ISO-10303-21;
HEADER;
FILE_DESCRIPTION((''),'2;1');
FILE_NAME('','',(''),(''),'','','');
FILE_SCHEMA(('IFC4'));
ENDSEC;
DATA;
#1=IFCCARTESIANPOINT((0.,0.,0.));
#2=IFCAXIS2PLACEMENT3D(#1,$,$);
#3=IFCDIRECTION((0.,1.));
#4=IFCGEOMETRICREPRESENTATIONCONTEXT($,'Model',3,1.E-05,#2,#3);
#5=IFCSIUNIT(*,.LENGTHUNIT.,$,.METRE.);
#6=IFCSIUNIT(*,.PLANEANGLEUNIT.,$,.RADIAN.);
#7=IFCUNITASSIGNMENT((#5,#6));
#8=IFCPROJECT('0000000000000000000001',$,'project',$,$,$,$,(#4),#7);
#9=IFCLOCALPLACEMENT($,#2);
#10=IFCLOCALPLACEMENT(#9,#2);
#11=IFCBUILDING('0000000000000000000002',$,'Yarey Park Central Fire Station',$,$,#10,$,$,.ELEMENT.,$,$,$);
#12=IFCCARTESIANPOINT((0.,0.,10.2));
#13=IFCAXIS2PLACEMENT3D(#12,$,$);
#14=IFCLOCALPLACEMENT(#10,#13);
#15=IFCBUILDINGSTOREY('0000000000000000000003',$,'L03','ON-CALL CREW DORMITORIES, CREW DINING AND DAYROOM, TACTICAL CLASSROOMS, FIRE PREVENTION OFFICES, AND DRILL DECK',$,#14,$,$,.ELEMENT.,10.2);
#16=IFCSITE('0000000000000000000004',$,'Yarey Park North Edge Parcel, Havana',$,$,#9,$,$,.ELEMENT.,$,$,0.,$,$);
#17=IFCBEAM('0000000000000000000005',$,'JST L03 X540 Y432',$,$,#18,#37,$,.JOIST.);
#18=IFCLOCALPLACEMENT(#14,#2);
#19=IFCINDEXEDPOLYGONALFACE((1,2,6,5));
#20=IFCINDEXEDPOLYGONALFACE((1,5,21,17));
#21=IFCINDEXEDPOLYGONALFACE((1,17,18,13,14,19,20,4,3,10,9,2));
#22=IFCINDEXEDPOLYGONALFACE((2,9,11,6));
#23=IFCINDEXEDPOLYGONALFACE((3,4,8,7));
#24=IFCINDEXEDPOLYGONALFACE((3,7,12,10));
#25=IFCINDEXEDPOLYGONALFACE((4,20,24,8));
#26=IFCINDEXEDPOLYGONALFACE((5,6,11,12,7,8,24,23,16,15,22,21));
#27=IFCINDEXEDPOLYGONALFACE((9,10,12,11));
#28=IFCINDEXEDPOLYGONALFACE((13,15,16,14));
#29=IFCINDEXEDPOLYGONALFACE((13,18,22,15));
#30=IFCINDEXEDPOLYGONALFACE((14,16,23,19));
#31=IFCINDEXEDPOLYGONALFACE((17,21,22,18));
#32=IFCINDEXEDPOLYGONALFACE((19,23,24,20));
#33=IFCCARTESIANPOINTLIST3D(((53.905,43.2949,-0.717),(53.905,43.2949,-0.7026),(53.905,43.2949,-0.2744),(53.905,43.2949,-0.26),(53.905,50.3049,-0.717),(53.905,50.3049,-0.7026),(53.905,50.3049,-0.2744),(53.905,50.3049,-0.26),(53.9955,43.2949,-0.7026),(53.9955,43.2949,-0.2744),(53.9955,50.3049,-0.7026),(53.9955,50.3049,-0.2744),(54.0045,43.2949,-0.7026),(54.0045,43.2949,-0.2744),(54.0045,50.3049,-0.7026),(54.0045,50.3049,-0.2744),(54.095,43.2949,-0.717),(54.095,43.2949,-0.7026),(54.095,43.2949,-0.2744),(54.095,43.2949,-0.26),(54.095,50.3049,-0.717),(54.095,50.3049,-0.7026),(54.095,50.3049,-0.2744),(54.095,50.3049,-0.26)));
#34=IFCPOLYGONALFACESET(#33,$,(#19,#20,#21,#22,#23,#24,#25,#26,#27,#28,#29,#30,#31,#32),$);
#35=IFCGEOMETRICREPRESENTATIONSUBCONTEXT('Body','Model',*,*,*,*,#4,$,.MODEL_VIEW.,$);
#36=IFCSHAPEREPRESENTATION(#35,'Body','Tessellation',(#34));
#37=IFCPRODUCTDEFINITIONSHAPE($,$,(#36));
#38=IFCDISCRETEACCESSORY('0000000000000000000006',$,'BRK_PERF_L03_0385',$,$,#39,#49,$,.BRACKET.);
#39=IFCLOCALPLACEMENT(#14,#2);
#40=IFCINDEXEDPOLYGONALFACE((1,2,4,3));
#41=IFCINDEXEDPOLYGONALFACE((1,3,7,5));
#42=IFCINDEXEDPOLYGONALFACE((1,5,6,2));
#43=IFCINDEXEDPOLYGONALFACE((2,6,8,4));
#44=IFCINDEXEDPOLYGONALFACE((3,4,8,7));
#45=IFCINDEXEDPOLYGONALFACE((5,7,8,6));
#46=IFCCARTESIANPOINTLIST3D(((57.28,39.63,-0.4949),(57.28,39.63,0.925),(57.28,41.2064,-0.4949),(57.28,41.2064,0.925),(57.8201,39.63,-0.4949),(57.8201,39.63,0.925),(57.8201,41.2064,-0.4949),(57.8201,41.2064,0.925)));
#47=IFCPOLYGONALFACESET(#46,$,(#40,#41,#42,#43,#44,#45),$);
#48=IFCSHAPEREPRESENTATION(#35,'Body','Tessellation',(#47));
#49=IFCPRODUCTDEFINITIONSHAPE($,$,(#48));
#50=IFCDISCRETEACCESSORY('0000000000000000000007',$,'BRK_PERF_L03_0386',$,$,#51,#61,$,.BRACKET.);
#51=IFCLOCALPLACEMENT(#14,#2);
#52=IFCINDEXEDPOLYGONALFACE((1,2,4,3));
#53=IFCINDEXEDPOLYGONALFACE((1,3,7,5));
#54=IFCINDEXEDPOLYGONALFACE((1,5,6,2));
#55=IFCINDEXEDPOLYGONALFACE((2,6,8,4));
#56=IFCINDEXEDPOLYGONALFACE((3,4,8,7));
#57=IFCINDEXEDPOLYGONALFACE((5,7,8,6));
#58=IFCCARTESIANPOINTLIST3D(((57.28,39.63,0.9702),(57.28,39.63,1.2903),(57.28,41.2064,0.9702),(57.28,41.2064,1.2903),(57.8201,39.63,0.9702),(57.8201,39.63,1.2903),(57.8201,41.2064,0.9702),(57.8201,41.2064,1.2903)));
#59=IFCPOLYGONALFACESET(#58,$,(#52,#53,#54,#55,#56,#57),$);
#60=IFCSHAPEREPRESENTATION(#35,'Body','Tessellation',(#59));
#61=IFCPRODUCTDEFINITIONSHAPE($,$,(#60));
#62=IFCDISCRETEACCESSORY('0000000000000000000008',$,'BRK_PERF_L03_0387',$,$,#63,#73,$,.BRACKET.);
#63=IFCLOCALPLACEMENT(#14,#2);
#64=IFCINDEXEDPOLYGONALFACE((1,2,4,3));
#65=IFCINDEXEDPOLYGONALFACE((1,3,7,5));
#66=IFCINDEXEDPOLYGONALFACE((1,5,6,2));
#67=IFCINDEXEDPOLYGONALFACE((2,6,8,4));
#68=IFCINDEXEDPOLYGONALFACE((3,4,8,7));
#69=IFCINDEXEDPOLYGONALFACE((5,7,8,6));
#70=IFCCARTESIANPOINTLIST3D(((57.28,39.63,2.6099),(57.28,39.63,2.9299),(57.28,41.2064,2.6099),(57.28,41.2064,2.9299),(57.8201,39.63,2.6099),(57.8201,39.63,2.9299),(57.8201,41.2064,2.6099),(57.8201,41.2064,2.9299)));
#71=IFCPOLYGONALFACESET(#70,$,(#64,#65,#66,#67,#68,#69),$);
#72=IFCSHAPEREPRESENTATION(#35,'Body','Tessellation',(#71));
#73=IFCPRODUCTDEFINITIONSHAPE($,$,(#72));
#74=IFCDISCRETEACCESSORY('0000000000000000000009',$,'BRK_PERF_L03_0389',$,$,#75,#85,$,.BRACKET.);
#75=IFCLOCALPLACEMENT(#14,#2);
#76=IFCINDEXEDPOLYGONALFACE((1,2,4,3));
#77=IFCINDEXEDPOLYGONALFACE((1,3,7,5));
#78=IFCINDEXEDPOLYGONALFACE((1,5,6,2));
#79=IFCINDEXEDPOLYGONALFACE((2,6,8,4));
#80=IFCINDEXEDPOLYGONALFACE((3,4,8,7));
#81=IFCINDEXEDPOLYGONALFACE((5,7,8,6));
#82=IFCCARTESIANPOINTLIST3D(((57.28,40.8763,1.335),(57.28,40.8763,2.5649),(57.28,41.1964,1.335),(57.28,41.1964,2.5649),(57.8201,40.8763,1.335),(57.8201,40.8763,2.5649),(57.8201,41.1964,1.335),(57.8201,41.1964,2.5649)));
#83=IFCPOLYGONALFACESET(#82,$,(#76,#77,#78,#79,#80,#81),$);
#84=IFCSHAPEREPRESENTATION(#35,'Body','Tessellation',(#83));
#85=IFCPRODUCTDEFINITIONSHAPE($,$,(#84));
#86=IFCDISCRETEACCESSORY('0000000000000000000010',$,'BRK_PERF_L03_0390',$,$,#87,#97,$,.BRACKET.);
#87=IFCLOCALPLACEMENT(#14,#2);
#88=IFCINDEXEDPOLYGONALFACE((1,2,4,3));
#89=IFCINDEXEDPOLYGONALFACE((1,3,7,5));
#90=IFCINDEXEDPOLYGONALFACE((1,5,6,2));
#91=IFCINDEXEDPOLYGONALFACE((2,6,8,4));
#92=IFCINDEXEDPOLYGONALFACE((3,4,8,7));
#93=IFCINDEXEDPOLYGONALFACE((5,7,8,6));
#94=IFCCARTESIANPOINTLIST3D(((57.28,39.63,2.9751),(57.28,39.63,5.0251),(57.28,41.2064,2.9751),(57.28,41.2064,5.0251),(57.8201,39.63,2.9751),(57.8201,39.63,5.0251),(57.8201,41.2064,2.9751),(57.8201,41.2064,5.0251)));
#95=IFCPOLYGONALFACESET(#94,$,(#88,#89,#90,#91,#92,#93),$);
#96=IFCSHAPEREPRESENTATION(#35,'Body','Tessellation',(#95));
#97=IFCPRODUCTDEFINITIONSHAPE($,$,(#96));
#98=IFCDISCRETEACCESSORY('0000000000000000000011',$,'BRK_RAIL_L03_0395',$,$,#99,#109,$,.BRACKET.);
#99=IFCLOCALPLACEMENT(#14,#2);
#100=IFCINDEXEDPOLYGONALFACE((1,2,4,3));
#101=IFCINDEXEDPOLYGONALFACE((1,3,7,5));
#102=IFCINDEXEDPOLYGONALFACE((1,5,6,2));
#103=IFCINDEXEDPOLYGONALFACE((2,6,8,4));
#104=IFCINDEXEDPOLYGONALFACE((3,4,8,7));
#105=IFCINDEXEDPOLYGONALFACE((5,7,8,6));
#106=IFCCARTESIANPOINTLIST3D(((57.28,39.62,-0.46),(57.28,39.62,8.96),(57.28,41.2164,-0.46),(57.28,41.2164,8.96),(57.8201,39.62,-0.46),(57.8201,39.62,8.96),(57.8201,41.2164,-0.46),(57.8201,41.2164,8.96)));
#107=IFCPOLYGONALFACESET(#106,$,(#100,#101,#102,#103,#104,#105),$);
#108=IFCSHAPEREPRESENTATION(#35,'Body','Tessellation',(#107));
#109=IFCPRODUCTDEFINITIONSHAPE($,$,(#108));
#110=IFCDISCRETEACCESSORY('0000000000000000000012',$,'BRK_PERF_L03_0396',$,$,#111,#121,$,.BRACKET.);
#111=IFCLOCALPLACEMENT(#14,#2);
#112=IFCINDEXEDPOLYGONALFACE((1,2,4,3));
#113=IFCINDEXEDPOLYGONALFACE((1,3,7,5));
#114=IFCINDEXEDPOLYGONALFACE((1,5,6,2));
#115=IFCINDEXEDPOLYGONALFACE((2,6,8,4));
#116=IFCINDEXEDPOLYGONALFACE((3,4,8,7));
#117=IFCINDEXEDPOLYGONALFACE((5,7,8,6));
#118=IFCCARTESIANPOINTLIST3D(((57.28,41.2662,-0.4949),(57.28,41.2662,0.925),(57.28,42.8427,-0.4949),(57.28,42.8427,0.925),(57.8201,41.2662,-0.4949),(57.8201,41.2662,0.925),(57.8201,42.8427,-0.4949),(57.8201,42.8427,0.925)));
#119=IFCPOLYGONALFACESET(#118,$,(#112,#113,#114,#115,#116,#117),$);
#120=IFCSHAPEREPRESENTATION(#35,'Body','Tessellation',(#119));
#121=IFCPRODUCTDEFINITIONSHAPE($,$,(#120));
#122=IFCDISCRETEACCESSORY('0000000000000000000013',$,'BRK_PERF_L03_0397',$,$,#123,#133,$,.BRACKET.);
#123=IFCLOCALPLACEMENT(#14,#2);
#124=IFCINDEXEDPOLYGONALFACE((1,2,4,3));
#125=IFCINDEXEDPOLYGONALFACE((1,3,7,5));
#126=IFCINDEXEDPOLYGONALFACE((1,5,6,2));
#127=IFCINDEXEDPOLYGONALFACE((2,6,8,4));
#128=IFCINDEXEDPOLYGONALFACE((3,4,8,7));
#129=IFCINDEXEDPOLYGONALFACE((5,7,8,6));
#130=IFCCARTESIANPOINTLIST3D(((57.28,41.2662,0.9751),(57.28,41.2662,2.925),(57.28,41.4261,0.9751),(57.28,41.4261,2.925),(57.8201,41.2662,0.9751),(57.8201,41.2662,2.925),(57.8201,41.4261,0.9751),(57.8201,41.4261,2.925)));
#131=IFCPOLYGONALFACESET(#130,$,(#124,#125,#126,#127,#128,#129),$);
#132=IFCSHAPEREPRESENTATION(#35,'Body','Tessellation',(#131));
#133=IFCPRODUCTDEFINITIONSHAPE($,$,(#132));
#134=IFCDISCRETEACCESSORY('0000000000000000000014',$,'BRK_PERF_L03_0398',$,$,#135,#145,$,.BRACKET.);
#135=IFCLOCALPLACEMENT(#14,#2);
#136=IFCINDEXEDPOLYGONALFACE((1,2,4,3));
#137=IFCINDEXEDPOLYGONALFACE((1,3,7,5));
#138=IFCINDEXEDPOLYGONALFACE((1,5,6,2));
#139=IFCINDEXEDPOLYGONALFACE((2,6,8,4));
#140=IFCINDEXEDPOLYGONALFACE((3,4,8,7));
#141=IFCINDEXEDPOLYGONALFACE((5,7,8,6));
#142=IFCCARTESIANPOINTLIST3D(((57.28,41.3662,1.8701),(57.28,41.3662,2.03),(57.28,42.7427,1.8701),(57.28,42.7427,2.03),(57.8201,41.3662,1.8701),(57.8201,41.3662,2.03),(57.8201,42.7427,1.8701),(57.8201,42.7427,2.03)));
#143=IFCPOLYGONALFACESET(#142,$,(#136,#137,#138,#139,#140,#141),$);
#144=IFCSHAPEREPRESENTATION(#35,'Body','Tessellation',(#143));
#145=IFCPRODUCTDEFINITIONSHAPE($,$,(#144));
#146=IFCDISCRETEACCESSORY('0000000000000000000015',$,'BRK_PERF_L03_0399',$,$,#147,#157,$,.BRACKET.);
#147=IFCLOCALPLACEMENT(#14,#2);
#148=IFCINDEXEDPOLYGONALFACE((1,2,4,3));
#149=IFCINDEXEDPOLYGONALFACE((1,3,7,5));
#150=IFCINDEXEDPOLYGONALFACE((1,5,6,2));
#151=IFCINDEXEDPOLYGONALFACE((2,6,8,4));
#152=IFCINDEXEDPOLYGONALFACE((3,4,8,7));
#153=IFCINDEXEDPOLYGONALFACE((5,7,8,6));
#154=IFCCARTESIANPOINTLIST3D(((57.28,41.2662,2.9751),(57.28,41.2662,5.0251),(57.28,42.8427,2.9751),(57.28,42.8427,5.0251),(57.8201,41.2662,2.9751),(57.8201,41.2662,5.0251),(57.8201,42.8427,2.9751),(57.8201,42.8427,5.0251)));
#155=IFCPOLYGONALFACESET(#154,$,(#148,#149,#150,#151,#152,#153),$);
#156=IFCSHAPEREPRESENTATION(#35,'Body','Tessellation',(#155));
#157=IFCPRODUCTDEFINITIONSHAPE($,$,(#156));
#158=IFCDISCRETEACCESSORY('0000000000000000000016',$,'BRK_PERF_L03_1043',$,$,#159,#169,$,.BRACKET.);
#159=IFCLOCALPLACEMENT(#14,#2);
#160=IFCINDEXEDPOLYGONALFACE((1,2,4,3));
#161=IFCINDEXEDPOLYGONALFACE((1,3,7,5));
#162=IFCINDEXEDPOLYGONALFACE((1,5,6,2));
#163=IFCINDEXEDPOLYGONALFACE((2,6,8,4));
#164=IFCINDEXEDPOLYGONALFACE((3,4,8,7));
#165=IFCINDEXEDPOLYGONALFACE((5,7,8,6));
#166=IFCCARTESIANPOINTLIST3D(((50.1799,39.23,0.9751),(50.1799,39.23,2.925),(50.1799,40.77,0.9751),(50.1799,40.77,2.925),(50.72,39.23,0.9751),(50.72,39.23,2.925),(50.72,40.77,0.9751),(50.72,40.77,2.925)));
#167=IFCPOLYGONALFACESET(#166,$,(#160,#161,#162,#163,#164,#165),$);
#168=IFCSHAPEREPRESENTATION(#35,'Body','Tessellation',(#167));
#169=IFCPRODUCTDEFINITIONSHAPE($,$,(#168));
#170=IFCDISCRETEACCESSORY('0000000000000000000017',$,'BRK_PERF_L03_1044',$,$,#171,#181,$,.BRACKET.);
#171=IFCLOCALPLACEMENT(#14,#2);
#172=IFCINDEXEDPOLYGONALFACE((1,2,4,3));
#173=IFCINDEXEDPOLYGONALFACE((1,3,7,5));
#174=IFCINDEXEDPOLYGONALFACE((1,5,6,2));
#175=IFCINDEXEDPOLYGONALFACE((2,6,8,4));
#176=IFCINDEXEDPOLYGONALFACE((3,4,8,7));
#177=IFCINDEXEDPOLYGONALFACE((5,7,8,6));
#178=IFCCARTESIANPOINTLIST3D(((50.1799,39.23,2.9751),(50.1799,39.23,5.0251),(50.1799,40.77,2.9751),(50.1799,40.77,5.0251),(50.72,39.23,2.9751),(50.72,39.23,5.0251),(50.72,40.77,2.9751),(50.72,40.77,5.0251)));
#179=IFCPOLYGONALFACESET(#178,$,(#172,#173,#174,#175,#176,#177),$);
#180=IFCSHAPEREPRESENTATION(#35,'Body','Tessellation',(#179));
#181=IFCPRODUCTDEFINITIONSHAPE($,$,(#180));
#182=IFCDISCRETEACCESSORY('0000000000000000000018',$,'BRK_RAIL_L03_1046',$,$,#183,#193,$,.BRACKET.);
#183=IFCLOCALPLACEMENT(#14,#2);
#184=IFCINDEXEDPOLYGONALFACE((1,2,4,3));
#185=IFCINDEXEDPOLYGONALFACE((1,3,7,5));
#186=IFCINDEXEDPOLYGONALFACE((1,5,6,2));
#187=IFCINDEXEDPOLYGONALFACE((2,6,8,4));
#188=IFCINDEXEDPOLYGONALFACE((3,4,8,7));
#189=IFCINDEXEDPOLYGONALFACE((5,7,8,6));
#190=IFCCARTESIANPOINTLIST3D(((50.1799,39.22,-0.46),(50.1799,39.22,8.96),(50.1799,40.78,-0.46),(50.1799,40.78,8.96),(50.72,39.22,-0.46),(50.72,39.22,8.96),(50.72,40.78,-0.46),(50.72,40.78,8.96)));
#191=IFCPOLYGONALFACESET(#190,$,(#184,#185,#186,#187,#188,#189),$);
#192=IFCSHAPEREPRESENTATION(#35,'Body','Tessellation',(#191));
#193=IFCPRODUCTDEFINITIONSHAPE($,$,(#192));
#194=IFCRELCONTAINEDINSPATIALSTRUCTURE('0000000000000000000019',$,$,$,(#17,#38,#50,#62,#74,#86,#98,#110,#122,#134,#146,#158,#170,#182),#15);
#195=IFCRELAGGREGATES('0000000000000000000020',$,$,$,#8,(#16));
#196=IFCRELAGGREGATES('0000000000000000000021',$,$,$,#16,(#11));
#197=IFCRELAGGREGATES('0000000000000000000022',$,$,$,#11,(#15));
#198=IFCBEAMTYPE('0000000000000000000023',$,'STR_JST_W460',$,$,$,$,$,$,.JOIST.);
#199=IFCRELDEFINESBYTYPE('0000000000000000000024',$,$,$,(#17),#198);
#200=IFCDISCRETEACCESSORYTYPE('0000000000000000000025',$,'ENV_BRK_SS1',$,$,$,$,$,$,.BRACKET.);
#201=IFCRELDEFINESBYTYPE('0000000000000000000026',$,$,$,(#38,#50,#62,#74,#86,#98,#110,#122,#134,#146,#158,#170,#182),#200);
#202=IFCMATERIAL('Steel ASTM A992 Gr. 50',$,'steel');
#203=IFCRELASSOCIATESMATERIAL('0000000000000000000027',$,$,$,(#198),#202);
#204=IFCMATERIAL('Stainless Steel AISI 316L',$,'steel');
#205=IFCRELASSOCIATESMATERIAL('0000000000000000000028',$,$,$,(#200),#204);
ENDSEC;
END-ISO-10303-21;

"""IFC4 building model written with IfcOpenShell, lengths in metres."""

from ifc_helpers import new_model, si_unit, direction, frame, origin, origin_2d, place, context, subcontext, project, spatial, rectangle, i_section, extrude, material, material_profile, profile_set, type_object, element, save


model = new_model("IFC4")

# Units and contexts
model_context = context("Model", 3, precision=1e-05, world=origin(), true_north=direction((0.0, 1.0)))
body_context = subcontext(model_context, "Body", "Model", "MODEL_VIEW")
ifc_project = project(units=[si_unit("LENGTHUNIT", "METRE"), si_unit("PLANEANGLEUNIT", "RADIAN")], contexts=[model_context])

# Site, building, storey
site_placement = place(None, origin())
site = spatial("IfcSite", under=ifc_project, at=site_placement, Name="Yarey Park North Edge Parcel, Havana", CompositionType="ELEMENT", RefElevation=0.0)
building_placement = place(site_placement, origin())
building = spatial("IfcBuilding", under=site, at=building_placement, Name="Yarey Park Central Fire Station", CompositionType="ELEMENT")
storey_placement = place(building_placement, frame((0.0, 0.0, 10.2)))
storey = spatial("IfcBuildingStorey", under=building, at=storey_placement, Name="L03", Description="ON-CALL CREW DORMITORIES, CREW DINING AND DAYROOM, TACTICAL CLASSROOMS, FIRE PREVENTION OFFICES, AND DRILL DECK", CompositionType="ELEMENT", Elevation=10.2)

# Beam
ifc_material_1 = material(Name="Steel ASTM A992 Gr. 50", Category="steel")
ifc_material_profile = material_profile(ifc_material_1, i_section(OverallWidth=0.1899, OverallDepth=0.457, WebThickness=0.009, FlangeThickness=0.0144, at=origin_2d()), Name="W460x74")
ifc_profile_set = profile_set([ifc_material_profile], Name="Steel ASTM A992 Gr. 50")
beam_type = type_object("IfcBeamType", Name="STR_JST_W460", PredefinedType="JOIST", material=ifc_profile_set)
beam_placement = place(storey_placement, frame((54.0, 43.2949, -0.4885), z_axis=(0.0, 1.0, 0.0), x_axis=(-1.0, 0.0, 0.0)))
element("IfcBeam", 1, at=beam_placement, inside=storey, type_object=beam_type, Name="JST L03 X540 Y432", PredefinedType="JOIST", context=body_context, shape_type="SweptSolid", body=[
    extrude(i_section(OverallWidth=0.1899, OverallDepth=0.457, WebThickness=0.009, FlangeThickness=0.0144, at=origin_2d()), origin(), (0.0, 0.0, 1.0), 7.01),
])

# Discrete accessories
ifc_material_2 = material(Name="Stainless Steel AISI 316L", Category="steel")
discrete_accessory_type = type_object("IfcDiscreteAccessoryType", Name="ENV_BRK_SS1", PredefinedType="BRACKET", material=ifc_material_2)
discrete_accessory_1_placement = place(storey_placement, frame((57.55, 40.4182, -0.4949), z_axis=(0.0, 0.0, 1.0), x_axis=(1.0, 0.0, 0.0)))
element("IfcDiscreteAccessory", 2, at=discrete_accessory_1_placement, inside=storey, type_object=discrete_accessory_type, Name="BRK_PERF_L03_0385", PredefinedType="BRACKET", context=body_context, shape_type="SweptSolid", body=[
    extrude(rectangle(XDim=0.54, YDim=1.5764, at=origin_2d()), origin(), (0.0, 0.0, 1.0), 1.4199),
])
for number, where, z_axis, x_axis, name in (
    (3, (57.55, 40.4182, 0.9702), (0.0, 0.0, 1.0), (1.0, 0.0, 0.0), "BRK_PERF_L03_0386"),
    (4, (57.55, 40.4182, 2.6099), (0.0, 0.0, 1.0), (1.0, 0.0, 0.0), "BRK_PERF_L03_0387"),
):
    element("IfcDiscreteAccessory", number, at=place(storey_placement, frame(where, z_axis=z_axis, x_axis=x_axis)), inside=storey, type_object=discrete_accessory_type, Name=name, PredefinedType="BRACKET", context=body_context, shape_type="SweptSolid", body=[
        extrude(rectangle(XDim=0.54, YDim=1.5764, at=origin_2d()), origin(), (0.0, 0.0, 1.0), 0.3201),
    ])
discrete_accessory_2_placement = place(storey_placement, frame((57.55, 41.0364, 1.335), z_axis=(0.0, 0.0, 1.0), x_axis=(1.0, 0.0, 0.0)))
element("IfcDiscreteAccessory", 5, at=discrete_accessory_2_placement, inside=storey, type_object=discrete_accessory_type, Name="BRK_PERF_L03_0389", PredefinedType="BRACKET", context=body_context, shape_type="SweptSolid", body=[
    extrude(rectangle(XDim=0.54, YDim=0.3201, at=origin_2d()), origin(), (0.0, 0.0, 1.0), 1.23),
])
discrete_accessory_3_placement = place(storey_placement, frame((57.55, 40.4182, 2.9751), z_axis=(0.0, 0.0, 1.0), x_axis=(1.0, 0.0, 0.0)))
element("IfcDiscreteAccessory", 6, at=discrete_accessory_3_placement, inside=storey, type_object=discrete_accessory_type, Name="BRK_PERF_L03_0390", PredefinedType="BRACKET", context=body_context, shape_type="SweptSolid", body=[
    extrude(rectangle(XDim=0.54, YDim=1.5764, at=origin_2d()), origin(), (0.0, 0.0, 1.0), 2.05),
])
discrete_accessory_4_placement = place(storey_placement, frame((57.55, 40.4182, -0.46), z_axis=(0.0, 0.0, 1.0), x_axis=(1.0, 0.0, 0.0)))
element("IfcDiscreteAccessory", 7, at=discrete_accessory_4_placement, inside=storey, type_object=discrete_accessory_type, Name="BRK_RAIL_L03_0395", PredefinedType="BRACKET", context=body_context, shape_type="SweptSolid", body=[
    extrude(rectangle(XDim=0.54, YDim=1.5964, at=origin_2d()), origin(), (0.0, 0.0, 1.0), 9.4199),
])
discrete_accessory_5_placement = place(storey_placement, frame((57.55, 42.0544, -0.4949), z_axis=(0.0, 0.0, 1.0), x_axis=(1.0, 0.0, 0.0)))
element("IfcDiscreteAccessory", 8, at=discrete_accessory_5_placement, inside=storey, type_object=discrete_accessory_type, Name="BRK_PERF_L03_0396", PredefinedType="BRACKET", context=body_context, shape_type="SweptSolid", body=[
    extrude(rectangle(XDim=0.54, YDim=1.5764, at=origin_2d()), origin(), (0.0, 0.0, 1.0), 1.4199),
])
discrete_accessory_6_placement = place(storey_placement, frame((57.55, 41.3462, 0.9751), z_axis=(0.0, 0.0, 1.0), x_axis=(1.0, 0.0, 0.0)))
element("IfcDiscreteAccessory", 9, at=discrete_accessory_6_placement, inside=storey, type_object=discrete_accessory_type, Name="BRK_PERF_L03_0397", PredefinedType="BRACKET", context=body_context, shape_type="SweptSolid", body=[
    extrude(rectangle(XDim=0.54, YDim=0.1599, at=origin_2d()), origin(), (0.0, 0.0, 1.0), 1.95),
])
discrete_accessory_7_placement = place(storey_placement, frame((57.55, 42.0544, 1.8701), z_axis=(0.0, 0.0, 1.0), x_axis=(1.0, 0.0, 0.0)))
element("IfcDiscreteAccessory", 10, at=discrete_accessory_7_placement, inside=storey, type_object=discrete_accessory_type, Name="BRK_PERF_L03_0398", PredefinedType="BRACKET", context=body_context, shape_type="SweptSolid", body=[
    extrude(rectangle(XDim=0.54, YDim=1.3765, at=origin_2d()), origin(), (0.0, 0.0, 1.0), 0.1599),
])
discrete_accessory_8_placement = place(storey_placement, frame((57.55, 42.0544, 2.9751), z_axis=(0.0, 0.0, 1.0), x_axis=(1.0, 0.0, 0.0)))
element("IfcDiscreteAccessory", 11, at=discrete_accessory_8_placement, inside=storey, type_object=discrete_accessory_type, Name="BRK_PERF_L03_0399", PredefinedType="BRACKET", context=body_context, shape_type="SweptSolid", body=[
    extrude(rectangle(XDim=0.54, YDim=1.5764, at=origin_2d()), origin(), (0.0, 0.0, 1.0), 2.05),
])
discrete_accessory_9_placement = place(storey_placement, frame((50.45, 40.0, 0.9751), z_axis=(0.0, 0.0, 1.0), x_axis=(1.0, 0.0, 0.0)))
element("IfcDiscreteAccessory", 12, at=discrete_accessory_9_placement, inside=storey, type_object=discrete_accessory_type, Name="BRK_PERF_L03_1043", PredefinedType="BRACKET", context=body_context, shape_type="SweptSolid", body=[
    extrude(rectangle(XDim=0.54, YDim=1.54, at=origin_2d()), origin(), (0.0, 0.0, 1.0), 1.95),
])
discrete_accessory_10_placement = place(storey_placement, frame((50.45, 40.0, 2.9751), z_axis=(0.0, 0.0, 1.0), x_axis=(1.0, 0.0, 0.0)))
element("IfcDiscreteAccessory", 13, at=discrete_accessory_10_placement, inside=storey, type_object=discrete_accessory_type, Name="BRK_PERF_L03_1044", PredefinedType="BRACKET", context=body_context, shape_type="SweptSolid", body=[
    extrude(rectangle(XDim=0.54, YDim=1.54, at=origin_2d()), origin(), (0.0, 0.0, 1.0), 2.05),
])
discrete_accessory_11_placement = place(storey_placement, frame((50.45, 40.0, -0.46), z_axis=(0.0, 0.0, 1.0), x_axis=(1.0, 0.0, 0.0)))
element("IfcDiscreteAccessory", 14, at=discrete_accessory_11_placement, inside=storey, type_object=discrete_accessory_type, Name="BRK_RAIL_L03_1046", PredefinedType="BRACKET", context=body_context, shape_type="SweptSolid", body=[
    extrude(rectangle(XDim=0.54, YDim=1.5601, at=origin_2d()), origin(), (0.0, 0.0, 1.0), 9.4199),
])

save(model, "model.ifc")
